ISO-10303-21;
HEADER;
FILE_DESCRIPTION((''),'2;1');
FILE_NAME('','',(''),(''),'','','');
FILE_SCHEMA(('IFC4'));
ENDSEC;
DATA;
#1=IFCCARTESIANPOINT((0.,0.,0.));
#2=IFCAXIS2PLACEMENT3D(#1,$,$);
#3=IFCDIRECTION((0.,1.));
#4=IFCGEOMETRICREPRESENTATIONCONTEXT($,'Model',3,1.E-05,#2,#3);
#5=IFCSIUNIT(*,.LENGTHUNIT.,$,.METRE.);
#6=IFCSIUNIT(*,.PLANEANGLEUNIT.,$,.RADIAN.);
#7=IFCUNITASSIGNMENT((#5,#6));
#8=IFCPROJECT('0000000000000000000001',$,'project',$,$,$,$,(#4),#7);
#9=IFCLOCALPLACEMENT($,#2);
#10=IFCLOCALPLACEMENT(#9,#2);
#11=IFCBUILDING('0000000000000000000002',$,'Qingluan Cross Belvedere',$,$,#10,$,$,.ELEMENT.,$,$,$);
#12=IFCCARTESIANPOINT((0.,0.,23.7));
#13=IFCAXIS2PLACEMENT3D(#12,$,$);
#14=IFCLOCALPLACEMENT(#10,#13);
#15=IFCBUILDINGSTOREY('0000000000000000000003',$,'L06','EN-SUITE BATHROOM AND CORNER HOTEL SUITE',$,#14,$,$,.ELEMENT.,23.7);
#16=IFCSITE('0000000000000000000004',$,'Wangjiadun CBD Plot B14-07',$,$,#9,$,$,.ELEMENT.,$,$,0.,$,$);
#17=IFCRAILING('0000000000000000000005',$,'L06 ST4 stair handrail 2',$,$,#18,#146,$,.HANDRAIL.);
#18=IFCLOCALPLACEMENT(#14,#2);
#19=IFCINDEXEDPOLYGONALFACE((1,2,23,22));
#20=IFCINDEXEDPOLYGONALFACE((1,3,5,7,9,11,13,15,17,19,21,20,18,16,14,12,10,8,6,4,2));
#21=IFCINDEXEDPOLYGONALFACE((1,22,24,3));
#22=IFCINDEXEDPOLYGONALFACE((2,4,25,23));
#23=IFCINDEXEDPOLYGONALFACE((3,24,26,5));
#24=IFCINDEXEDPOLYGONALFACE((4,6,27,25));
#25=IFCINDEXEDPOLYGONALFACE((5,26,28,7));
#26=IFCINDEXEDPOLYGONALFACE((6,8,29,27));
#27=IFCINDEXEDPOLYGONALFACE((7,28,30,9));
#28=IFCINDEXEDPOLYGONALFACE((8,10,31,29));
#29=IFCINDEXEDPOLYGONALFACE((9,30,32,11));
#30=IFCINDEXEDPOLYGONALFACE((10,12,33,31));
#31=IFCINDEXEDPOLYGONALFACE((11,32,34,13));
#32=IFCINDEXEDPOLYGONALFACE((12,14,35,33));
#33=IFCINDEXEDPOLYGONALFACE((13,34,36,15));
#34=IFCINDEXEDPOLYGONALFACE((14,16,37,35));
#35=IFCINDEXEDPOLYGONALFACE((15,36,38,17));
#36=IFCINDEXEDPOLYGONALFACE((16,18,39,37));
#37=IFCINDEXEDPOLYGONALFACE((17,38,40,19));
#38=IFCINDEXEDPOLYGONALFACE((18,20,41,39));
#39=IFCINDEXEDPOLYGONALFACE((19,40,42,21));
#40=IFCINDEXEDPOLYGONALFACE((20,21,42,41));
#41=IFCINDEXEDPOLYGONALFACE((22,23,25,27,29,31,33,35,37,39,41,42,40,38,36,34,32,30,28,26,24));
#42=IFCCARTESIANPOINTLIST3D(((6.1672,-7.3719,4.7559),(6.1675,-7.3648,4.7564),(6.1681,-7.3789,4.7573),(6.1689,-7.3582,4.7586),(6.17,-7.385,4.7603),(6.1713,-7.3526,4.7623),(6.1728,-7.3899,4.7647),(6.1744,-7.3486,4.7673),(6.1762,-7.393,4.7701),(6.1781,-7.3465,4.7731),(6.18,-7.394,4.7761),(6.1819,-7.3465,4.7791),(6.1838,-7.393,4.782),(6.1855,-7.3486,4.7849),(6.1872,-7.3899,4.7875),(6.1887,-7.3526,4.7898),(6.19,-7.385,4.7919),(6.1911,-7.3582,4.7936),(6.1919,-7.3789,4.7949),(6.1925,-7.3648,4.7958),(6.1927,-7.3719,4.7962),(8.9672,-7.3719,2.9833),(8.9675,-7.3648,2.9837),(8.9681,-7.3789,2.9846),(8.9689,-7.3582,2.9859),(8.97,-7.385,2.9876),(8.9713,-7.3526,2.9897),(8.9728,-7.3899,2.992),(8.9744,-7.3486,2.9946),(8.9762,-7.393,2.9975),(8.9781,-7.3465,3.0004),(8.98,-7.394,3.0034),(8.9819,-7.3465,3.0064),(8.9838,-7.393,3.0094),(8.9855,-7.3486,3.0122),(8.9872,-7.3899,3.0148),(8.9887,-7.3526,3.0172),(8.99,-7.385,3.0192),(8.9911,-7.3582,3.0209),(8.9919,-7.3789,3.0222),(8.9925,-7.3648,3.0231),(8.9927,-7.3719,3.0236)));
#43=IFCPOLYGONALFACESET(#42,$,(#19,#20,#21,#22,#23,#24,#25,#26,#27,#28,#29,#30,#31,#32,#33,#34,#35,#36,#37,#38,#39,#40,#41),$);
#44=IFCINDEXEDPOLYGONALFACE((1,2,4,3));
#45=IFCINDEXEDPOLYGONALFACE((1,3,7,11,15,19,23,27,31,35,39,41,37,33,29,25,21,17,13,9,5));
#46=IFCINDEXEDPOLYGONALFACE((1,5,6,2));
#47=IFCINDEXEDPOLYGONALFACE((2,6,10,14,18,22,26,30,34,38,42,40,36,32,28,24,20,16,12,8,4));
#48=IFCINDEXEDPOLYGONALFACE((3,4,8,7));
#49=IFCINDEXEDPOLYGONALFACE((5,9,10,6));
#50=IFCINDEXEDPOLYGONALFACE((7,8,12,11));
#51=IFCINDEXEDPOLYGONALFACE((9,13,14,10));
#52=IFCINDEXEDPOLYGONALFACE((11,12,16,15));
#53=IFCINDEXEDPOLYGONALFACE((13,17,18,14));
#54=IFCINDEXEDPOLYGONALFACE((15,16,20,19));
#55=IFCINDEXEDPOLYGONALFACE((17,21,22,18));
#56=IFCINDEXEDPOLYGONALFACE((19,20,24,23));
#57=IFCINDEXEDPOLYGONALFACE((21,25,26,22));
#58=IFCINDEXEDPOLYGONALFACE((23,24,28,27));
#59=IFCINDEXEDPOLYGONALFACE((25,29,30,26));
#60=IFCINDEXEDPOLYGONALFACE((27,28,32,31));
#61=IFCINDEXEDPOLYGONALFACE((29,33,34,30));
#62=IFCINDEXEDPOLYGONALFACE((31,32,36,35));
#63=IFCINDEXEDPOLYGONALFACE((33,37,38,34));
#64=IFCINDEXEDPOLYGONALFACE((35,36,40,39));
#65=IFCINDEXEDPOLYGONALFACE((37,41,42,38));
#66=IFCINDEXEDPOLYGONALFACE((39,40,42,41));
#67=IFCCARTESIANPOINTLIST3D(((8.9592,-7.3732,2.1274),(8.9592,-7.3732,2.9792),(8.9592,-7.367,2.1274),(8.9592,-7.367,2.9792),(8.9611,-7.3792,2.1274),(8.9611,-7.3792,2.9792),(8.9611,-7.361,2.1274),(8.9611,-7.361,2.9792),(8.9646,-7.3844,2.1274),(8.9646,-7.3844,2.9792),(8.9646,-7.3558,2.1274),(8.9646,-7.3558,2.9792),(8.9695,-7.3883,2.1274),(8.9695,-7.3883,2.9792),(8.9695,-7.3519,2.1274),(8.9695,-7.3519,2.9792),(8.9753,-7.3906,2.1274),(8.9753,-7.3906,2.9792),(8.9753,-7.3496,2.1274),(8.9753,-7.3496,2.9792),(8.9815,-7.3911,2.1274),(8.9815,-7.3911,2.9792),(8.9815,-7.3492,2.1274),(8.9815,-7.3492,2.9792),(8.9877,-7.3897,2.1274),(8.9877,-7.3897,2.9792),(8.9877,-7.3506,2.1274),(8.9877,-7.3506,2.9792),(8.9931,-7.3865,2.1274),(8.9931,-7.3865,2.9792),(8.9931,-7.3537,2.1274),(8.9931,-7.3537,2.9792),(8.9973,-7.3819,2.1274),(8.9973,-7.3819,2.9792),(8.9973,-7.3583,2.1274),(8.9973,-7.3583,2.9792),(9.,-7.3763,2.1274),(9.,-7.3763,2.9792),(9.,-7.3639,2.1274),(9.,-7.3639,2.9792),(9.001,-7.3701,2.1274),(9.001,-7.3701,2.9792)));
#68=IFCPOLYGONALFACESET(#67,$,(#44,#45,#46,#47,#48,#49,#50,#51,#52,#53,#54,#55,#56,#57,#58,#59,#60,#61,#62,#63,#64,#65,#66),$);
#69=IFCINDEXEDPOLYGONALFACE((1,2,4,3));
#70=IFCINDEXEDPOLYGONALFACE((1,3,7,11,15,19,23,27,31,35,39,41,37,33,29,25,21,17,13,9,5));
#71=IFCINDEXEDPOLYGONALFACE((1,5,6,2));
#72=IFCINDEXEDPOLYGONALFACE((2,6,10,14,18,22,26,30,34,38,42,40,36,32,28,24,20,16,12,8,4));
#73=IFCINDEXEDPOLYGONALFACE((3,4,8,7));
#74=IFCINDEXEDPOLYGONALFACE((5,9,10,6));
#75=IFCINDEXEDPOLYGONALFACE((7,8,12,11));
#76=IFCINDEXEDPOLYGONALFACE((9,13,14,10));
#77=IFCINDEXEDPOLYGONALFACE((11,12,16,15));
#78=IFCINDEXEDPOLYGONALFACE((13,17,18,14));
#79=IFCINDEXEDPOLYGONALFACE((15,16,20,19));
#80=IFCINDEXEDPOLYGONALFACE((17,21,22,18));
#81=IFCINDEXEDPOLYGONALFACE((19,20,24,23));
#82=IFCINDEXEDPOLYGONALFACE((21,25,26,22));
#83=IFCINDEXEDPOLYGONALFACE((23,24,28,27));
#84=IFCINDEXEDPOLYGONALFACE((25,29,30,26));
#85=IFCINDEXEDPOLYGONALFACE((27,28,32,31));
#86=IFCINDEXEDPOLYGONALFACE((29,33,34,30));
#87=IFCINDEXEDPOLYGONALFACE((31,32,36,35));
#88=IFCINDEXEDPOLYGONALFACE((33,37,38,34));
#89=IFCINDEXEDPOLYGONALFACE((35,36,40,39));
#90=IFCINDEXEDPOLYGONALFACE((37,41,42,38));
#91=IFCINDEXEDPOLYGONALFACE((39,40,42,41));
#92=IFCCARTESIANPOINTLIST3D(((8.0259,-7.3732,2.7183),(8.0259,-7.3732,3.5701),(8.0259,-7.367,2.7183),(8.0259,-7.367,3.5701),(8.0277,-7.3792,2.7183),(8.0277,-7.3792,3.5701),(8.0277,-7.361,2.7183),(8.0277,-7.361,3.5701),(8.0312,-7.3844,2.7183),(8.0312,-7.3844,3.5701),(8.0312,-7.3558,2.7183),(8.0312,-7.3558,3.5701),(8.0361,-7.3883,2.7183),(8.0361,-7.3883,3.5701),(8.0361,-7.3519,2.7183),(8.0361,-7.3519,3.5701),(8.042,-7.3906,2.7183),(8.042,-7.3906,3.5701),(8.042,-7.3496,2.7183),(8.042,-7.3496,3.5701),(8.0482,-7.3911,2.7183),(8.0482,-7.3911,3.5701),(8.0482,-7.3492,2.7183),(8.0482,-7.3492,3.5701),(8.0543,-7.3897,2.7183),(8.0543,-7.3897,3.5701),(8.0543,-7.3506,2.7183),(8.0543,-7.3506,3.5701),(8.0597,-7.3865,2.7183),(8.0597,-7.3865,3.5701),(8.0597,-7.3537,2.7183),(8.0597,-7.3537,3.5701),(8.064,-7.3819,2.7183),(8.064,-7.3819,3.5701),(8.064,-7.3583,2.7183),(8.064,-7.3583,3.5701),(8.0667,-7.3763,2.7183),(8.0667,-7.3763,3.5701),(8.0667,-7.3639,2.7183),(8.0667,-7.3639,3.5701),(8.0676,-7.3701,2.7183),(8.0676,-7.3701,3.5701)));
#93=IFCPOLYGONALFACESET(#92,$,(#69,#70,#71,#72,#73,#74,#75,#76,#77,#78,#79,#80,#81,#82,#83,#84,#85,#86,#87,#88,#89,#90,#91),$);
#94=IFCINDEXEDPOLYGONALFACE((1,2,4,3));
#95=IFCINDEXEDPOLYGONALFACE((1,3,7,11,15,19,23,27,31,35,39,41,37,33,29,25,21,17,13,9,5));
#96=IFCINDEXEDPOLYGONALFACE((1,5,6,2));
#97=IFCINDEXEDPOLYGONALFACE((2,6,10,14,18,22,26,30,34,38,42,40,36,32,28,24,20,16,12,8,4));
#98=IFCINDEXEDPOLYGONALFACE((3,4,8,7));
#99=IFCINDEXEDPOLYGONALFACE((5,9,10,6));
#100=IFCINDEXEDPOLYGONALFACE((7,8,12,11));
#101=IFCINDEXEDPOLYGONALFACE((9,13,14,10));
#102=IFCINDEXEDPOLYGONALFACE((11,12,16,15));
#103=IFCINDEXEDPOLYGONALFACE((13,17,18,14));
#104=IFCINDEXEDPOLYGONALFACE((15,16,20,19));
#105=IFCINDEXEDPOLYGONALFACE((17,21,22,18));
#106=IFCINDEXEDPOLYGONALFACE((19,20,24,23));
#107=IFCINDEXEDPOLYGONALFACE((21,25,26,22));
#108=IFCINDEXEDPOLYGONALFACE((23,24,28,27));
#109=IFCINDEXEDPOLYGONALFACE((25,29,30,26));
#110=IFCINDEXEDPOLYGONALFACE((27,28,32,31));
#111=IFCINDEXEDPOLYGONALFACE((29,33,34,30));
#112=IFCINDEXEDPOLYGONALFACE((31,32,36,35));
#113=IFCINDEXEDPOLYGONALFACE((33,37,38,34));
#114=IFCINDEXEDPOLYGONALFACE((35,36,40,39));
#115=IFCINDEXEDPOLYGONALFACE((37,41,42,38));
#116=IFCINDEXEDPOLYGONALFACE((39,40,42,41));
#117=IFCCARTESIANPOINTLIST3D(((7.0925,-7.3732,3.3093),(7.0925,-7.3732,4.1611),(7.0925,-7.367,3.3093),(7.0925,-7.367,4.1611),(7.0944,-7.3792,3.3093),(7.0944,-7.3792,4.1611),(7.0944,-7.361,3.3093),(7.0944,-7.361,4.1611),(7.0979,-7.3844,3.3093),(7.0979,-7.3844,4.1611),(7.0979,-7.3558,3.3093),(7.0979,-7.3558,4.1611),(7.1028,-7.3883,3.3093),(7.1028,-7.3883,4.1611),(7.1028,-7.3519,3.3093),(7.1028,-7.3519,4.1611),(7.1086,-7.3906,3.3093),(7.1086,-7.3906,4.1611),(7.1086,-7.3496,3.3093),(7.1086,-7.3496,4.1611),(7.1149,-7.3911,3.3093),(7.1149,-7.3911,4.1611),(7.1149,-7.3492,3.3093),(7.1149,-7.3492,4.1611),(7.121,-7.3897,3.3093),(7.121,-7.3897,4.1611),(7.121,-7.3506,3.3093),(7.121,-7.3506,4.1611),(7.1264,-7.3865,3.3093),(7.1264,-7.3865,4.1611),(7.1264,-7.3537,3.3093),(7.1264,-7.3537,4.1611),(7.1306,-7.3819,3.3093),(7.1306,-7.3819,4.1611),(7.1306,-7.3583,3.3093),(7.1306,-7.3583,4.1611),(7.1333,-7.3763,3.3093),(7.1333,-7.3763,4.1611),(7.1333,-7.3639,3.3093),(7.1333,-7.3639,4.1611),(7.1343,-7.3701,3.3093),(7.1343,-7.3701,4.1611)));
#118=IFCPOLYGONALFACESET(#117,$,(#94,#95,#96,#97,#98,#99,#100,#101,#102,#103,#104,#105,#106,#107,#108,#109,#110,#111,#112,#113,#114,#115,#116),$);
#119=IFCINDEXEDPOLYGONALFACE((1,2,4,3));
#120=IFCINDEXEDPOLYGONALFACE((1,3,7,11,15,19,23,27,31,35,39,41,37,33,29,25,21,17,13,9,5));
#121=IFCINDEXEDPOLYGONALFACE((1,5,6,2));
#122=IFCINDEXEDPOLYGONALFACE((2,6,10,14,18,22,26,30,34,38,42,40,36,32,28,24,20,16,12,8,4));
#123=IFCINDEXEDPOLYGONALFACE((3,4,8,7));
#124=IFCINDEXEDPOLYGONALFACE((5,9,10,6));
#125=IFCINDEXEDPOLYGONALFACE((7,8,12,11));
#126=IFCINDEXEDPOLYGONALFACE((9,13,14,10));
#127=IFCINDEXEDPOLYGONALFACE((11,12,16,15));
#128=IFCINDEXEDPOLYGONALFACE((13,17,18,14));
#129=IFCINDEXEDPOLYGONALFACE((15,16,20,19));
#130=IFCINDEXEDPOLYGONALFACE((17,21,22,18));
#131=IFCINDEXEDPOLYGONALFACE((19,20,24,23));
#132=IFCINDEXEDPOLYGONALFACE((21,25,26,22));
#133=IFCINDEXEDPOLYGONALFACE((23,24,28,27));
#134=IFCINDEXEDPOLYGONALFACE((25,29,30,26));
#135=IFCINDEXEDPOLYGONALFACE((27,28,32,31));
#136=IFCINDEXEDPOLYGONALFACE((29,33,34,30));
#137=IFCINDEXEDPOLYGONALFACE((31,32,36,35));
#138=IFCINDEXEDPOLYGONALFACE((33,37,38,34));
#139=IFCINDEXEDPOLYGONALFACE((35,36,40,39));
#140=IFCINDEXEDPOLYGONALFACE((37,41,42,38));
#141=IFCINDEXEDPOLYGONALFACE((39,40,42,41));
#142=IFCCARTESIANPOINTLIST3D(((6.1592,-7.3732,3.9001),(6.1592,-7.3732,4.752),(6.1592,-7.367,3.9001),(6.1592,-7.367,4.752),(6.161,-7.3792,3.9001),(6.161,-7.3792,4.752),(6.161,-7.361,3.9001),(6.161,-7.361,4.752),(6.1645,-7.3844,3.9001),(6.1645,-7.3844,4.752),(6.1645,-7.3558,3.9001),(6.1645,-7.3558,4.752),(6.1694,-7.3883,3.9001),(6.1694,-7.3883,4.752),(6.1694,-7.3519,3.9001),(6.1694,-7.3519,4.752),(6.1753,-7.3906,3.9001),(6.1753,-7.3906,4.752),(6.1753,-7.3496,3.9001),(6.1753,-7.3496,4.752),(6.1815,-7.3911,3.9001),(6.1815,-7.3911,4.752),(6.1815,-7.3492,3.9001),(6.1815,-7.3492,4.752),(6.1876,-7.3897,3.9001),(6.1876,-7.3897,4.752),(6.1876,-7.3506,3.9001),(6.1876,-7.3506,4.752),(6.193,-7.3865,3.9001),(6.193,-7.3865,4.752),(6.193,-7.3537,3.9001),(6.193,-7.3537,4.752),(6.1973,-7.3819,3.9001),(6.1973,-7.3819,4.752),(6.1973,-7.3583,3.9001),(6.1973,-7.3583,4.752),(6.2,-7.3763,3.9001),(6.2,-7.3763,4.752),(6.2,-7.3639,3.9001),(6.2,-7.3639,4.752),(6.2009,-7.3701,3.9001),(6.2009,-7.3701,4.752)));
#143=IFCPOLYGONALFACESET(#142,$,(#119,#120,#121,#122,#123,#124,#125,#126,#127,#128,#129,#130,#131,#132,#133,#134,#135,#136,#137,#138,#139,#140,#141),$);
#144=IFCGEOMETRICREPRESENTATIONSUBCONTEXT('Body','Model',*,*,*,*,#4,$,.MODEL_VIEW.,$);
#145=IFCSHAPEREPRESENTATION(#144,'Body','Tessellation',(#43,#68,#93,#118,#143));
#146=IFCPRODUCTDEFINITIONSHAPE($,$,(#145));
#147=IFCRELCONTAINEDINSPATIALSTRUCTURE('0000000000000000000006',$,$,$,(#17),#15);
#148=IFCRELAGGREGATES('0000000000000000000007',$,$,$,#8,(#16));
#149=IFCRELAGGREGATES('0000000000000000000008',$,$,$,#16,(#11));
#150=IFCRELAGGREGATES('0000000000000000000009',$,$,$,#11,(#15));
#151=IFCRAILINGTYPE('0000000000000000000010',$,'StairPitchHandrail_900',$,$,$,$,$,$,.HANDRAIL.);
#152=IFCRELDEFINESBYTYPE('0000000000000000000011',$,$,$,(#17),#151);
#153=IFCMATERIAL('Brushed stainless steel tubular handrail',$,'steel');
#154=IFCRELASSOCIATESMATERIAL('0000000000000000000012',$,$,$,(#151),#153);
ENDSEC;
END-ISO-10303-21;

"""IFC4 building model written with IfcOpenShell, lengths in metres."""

from ifc_helpers import new_model, si_unit, direction, frame, origin, origin_2d, place, context, subcontext, project, spatial, circle, extrude, material, type_object, element, save


model = new_model("IFC4")

# Units and contexts
model_context = context("Model", 3, precision=1e-05, world=origin(), true_north=direction((0.0, 1.0)))
body_context = subcontext(model_context, "Body", "Model", "MODEL_VIEW")
ifc_project = project(units=[si_unit("LENGTHUNIT", "METRE"), si_unit("PLANEANGLEUNIT", "RADIAN")], contexts=[model_context])

# Site, building, storey
site_placement = place(None, origin())
site = spatial("IfcSite", under=ifc_project, at=site_placement, Name="Wangjiadun CBD Plot B14-07", CompositionType="ELEMENT", RefElevation=0.0)
building_placement = place(site_placement, origin())
building = spatial("IfcBuilding", under=site, at=building_placement, Name="Qingluan Cross Belvedere", CompositionType="ELEMENT")
storey_placement = place(building_placement, frame((0.0, 0.0, 23.7)))
storey = spatial("IfcBuildingStorey", under=building, at=storey_placement, Name="L06", Description="EN-SUITE BATHROOM AND CORNER HOTEL SUITE", CompositionType="ELEMENT", Elevation=23.7)

# Railing
ifc_material_1 = material(Name="Brushed stainless steel tubular handrail", Category="steel")
railing_type_1 = type_object("IfcRailingType", Name="StairPitchHandrail_900", PredefinedType="HANDRAIL", material=ifc_material_1)
railing_1_placement = place(storey_placement, frame((8.98, -7.3701, 2.1274)))
element("IfcRailing", 1, at=railing_1_placement, inside=storey, type_object=railing_type_1, Name="L06 ST4 stair handrail 2", PredefinedType="HANDRAIL", context=body_context, shape_type="SweptSolid", body=[
    extrude(circle(Radius=0.0239, at=origin_2d()), frame((0.0, 0.0, 0.876), z_axis=(-0.844909, 0.0, 0.53491), x_axis=(0.0, -1.0, 0.0)), (0.0, 0.0, 1.0), 3.314),
    extrude(circle(Radius=0.021, at=origin_2d()), origin(), (0.0, 0.0, 1.0), 0.8518),
    extrude(circle(Radius=0.021, at=origin_2d()), frame((-0.9333, 0.0, 0.5908)), (0.0, 0.0, 1.0), 0.8518),
    extrude(circle(Radius=0.021, at=origin_2d()), frame((-1.8667, 0.0, 1.1819)), (0.0, 0.0, 1.0), 0.8518),
    extrude(circle(Radius=0.021, at=origin_2d()), frame((-2.8, 0.0, 1.7727)), (0.0, 0.0, 1.0), 0.8518),
])

save(model, "model.ifc")
